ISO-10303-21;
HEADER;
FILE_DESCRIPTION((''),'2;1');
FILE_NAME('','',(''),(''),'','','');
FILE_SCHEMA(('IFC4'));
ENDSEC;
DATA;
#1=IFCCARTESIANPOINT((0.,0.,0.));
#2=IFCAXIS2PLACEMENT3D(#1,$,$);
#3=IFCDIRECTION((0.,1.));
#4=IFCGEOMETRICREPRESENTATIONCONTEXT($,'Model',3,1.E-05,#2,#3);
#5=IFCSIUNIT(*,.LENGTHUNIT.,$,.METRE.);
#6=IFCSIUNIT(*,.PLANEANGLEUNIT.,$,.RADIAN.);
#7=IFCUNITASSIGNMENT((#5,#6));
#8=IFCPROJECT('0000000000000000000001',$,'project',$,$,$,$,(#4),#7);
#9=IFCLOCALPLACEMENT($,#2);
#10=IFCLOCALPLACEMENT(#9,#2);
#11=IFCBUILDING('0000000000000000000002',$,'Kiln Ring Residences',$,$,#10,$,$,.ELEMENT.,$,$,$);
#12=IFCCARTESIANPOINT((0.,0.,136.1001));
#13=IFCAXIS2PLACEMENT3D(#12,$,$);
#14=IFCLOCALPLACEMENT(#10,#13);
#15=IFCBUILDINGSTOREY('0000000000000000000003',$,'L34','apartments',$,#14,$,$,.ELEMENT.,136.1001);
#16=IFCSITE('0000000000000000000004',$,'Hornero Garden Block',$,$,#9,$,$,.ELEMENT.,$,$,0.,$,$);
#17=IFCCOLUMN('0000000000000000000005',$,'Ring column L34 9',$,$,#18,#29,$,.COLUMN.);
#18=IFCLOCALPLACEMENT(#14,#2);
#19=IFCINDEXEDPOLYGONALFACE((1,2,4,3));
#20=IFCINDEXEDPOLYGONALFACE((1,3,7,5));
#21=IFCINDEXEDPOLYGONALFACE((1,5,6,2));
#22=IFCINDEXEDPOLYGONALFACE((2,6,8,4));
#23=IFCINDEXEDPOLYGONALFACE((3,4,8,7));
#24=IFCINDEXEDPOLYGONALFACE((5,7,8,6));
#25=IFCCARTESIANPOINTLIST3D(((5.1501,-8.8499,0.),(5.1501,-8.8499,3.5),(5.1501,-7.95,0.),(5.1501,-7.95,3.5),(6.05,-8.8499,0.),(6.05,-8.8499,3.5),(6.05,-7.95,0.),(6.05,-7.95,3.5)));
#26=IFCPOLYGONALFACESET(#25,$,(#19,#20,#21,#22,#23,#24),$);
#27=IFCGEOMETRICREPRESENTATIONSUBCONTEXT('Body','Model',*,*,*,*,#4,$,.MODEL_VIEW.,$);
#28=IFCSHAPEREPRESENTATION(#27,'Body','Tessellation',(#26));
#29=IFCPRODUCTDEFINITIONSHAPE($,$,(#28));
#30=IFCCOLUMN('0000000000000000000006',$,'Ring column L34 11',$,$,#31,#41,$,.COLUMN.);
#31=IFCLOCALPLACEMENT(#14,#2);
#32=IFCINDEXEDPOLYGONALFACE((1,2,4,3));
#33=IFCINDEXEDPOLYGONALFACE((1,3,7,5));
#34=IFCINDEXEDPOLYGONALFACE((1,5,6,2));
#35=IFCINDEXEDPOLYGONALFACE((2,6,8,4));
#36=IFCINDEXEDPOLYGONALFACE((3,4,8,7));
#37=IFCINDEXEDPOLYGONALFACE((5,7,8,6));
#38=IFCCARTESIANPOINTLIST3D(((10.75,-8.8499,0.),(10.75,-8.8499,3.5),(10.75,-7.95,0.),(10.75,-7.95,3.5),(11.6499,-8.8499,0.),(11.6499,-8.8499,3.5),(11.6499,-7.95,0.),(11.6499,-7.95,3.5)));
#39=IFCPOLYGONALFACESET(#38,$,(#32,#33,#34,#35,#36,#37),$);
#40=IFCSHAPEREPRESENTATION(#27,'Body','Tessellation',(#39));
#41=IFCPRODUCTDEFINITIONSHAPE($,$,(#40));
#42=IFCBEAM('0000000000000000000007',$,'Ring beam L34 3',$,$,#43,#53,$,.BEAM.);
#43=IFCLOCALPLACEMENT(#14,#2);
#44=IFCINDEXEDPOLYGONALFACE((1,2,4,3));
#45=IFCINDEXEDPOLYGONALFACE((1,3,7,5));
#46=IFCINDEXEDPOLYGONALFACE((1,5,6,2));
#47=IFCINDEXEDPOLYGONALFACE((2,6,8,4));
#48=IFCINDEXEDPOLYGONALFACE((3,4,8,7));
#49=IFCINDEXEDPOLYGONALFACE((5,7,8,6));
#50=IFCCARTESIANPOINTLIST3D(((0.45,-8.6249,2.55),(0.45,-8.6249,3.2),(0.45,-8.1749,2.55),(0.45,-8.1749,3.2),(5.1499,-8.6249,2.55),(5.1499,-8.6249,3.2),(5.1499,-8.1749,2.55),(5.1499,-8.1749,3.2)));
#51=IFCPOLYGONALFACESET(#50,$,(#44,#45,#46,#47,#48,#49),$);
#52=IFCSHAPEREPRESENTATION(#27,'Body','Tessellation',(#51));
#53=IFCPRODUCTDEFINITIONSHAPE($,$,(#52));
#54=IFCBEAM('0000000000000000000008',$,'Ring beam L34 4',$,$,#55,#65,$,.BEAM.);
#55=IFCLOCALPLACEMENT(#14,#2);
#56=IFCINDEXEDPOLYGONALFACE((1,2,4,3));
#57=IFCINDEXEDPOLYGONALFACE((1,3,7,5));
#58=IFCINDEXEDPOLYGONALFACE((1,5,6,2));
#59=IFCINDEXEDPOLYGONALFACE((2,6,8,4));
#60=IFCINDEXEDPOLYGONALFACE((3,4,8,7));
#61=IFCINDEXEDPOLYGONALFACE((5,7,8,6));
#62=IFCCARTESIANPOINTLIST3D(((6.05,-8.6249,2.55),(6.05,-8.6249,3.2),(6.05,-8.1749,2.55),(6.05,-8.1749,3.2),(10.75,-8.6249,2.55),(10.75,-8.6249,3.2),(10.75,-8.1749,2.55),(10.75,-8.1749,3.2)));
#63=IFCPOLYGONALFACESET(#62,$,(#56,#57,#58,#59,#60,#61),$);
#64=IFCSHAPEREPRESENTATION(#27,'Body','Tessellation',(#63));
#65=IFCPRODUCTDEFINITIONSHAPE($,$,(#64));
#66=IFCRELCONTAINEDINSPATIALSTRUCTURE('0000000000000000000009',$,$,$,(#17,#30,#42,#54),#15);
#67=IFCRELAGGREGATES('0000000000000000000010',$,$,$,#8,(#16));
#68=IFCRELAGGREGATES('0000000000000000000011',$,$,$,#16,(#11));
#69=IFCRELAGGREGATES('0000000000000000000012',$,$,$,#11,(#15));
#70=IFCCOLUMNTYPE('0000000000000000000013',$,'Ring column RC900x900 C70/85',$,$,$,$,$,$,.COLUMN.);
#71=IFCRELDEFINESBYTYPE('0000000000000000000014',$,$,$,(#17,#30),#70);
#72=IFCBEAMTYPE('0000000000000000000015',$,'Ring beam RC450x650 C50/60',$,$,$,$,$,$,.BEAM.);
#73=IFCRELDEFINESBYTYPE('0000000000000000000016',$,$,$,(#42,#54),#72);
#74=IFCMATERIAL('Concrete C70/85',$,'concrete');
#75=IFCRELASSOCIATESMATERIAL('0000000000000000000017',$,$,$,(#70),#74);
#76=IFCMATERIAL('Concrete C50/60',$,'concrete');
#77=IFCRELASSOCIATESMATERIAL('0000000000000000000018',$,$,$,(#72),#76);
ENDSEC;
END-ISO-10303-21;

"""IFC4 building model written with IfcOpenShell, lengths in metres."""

from ifc_helpers import new_model, si_unit, direction, frame, origin, origin_2d, place, context, subcontext, project, spatial, rectangle, extrude, material, material_profile, profile_set, type_object, element, save


model = new_model("IFC4")

# Units and contexts
model_context = context("Model", 3, precision=1e-05, world=origin(), true_north=direction((0.0, 1.0)))
body_context = subcontext(model_context, "Body", "Model", "MODEL_VIEW")
ifc_project = project(units=[si_unit("LENGTHUNIT", "METRE"), si_unit("PLANEANGLEUNIT", "RADIAN")], contexts=[model_context])

# Site, building, storey
site_placement = place(None, origin())
site = spatial("IfcSite", under=ifc_project, at=site_placement, Name="Hornero Garden Block", CompositionType="ELEMENT", RefElevation=0.0)
building_placement = place(site_placement, origin())
building = spatial("IfcBuilding", under=site, at=building_placement, Name="Kiln Ring Residences", CompositionType="ELEMENT")
storey_placement = place(building_placement, frame((0.0, 0.0, 136.1001)))
storey = spatial("IfcBuildingStorey", under=building, at=storey_placement, Name="L34", Description="apartments", CompositionType="ELEMENT", Elevation=136.1001)

# Columns
ifc_material_1 = material(Name="Concrete C70/85", Category="concrete")
ifc_material_profile_1 = material_profile(ifc_material_1, rectangle(XDim=0.8999, YDim=0.8999, at=origin_2d()), Name="RC900x900")
ifc_profile_set_1 = profile_set([ifc_material_profile_1], Name="Concrete C70/85")
column_type = type_object("IfcColumnType", Name="Ring column RC900x900 C70/85", PredefinedType="COLUMN", material=ifc_profile_set_1)
for number, where, z_axis, x_axis, name in (
    (1, (5.6001, -8.3999, 0.0), (0.0, 0.0, 1.0), (1.0, 0.0, 0.0), "Ring column L34 9"),
    (2, (11.2, -8.3999, 0.0), (0.0, 0.0, 1.0), (1.0, 0.0, 0.0), "Ring column L34 11"),
):
    element("IfcColumn", number, at=place(storey_placement, frame(where, z_axis=z_axis, x_axis=x_axis)), inside=storey, type_object=column_type, Name=name, PredefinedType="COLUMN", context=body_context, shape_type="SweptSolid", body=[
        extrude(rectangle(XDim=0.8999, YDim=0.8999, at=origin_2d()), origin(), (0.0, 0.0, 1.0), 3.5),
    ])

# Beams
ifc_material_2 = material(Name="Concrete C50/60", Category="concrete")
ifc_material_profile_2 = material_profile(ifc_material_2, rectangle(XDim=0.45, YDim=0.6499, at=origin_2d()), Name="RC450x650")
ifc_profile_set_2 = profile_set([ifc_material_profile_2], Name="Concrete C50/60")
beam_type = type_object("IfcBeamType", Name="Ring beam RC450x650 C50/60", PredefinedType="BEAM", material=ifc_profile_set_2)
for number, where, z_axis, x_axis, name in (
    (3, (0.45, -8.3999, 2.875), (1.0, 0.0, 0.0), (0.0, 1.0, 0.0), "Ring beam L34 3"),
    (4, (6.05, -8.3999, 2.875), (1.0, 0.0, 0.0), (0.0, 1.0, 0.0), "Ring beam L34 4"),
):
    element("IfcBeam", number, at=place(storey_placement, frame(where, z_axis=z_axis, x_axis=x_axis)), inside=storey, type_object=beam_type, Name=name, PredefinedType="BEAM", context=body_context, shape_type="SweptSolid", body=[
        extrude(rectangle(XDim=0.45, YDim=0.6499, at=origin_2d()), origin(), (0.0, 0.0, 1.0), 4.7),
    ])

save(model, "model.ifc")
